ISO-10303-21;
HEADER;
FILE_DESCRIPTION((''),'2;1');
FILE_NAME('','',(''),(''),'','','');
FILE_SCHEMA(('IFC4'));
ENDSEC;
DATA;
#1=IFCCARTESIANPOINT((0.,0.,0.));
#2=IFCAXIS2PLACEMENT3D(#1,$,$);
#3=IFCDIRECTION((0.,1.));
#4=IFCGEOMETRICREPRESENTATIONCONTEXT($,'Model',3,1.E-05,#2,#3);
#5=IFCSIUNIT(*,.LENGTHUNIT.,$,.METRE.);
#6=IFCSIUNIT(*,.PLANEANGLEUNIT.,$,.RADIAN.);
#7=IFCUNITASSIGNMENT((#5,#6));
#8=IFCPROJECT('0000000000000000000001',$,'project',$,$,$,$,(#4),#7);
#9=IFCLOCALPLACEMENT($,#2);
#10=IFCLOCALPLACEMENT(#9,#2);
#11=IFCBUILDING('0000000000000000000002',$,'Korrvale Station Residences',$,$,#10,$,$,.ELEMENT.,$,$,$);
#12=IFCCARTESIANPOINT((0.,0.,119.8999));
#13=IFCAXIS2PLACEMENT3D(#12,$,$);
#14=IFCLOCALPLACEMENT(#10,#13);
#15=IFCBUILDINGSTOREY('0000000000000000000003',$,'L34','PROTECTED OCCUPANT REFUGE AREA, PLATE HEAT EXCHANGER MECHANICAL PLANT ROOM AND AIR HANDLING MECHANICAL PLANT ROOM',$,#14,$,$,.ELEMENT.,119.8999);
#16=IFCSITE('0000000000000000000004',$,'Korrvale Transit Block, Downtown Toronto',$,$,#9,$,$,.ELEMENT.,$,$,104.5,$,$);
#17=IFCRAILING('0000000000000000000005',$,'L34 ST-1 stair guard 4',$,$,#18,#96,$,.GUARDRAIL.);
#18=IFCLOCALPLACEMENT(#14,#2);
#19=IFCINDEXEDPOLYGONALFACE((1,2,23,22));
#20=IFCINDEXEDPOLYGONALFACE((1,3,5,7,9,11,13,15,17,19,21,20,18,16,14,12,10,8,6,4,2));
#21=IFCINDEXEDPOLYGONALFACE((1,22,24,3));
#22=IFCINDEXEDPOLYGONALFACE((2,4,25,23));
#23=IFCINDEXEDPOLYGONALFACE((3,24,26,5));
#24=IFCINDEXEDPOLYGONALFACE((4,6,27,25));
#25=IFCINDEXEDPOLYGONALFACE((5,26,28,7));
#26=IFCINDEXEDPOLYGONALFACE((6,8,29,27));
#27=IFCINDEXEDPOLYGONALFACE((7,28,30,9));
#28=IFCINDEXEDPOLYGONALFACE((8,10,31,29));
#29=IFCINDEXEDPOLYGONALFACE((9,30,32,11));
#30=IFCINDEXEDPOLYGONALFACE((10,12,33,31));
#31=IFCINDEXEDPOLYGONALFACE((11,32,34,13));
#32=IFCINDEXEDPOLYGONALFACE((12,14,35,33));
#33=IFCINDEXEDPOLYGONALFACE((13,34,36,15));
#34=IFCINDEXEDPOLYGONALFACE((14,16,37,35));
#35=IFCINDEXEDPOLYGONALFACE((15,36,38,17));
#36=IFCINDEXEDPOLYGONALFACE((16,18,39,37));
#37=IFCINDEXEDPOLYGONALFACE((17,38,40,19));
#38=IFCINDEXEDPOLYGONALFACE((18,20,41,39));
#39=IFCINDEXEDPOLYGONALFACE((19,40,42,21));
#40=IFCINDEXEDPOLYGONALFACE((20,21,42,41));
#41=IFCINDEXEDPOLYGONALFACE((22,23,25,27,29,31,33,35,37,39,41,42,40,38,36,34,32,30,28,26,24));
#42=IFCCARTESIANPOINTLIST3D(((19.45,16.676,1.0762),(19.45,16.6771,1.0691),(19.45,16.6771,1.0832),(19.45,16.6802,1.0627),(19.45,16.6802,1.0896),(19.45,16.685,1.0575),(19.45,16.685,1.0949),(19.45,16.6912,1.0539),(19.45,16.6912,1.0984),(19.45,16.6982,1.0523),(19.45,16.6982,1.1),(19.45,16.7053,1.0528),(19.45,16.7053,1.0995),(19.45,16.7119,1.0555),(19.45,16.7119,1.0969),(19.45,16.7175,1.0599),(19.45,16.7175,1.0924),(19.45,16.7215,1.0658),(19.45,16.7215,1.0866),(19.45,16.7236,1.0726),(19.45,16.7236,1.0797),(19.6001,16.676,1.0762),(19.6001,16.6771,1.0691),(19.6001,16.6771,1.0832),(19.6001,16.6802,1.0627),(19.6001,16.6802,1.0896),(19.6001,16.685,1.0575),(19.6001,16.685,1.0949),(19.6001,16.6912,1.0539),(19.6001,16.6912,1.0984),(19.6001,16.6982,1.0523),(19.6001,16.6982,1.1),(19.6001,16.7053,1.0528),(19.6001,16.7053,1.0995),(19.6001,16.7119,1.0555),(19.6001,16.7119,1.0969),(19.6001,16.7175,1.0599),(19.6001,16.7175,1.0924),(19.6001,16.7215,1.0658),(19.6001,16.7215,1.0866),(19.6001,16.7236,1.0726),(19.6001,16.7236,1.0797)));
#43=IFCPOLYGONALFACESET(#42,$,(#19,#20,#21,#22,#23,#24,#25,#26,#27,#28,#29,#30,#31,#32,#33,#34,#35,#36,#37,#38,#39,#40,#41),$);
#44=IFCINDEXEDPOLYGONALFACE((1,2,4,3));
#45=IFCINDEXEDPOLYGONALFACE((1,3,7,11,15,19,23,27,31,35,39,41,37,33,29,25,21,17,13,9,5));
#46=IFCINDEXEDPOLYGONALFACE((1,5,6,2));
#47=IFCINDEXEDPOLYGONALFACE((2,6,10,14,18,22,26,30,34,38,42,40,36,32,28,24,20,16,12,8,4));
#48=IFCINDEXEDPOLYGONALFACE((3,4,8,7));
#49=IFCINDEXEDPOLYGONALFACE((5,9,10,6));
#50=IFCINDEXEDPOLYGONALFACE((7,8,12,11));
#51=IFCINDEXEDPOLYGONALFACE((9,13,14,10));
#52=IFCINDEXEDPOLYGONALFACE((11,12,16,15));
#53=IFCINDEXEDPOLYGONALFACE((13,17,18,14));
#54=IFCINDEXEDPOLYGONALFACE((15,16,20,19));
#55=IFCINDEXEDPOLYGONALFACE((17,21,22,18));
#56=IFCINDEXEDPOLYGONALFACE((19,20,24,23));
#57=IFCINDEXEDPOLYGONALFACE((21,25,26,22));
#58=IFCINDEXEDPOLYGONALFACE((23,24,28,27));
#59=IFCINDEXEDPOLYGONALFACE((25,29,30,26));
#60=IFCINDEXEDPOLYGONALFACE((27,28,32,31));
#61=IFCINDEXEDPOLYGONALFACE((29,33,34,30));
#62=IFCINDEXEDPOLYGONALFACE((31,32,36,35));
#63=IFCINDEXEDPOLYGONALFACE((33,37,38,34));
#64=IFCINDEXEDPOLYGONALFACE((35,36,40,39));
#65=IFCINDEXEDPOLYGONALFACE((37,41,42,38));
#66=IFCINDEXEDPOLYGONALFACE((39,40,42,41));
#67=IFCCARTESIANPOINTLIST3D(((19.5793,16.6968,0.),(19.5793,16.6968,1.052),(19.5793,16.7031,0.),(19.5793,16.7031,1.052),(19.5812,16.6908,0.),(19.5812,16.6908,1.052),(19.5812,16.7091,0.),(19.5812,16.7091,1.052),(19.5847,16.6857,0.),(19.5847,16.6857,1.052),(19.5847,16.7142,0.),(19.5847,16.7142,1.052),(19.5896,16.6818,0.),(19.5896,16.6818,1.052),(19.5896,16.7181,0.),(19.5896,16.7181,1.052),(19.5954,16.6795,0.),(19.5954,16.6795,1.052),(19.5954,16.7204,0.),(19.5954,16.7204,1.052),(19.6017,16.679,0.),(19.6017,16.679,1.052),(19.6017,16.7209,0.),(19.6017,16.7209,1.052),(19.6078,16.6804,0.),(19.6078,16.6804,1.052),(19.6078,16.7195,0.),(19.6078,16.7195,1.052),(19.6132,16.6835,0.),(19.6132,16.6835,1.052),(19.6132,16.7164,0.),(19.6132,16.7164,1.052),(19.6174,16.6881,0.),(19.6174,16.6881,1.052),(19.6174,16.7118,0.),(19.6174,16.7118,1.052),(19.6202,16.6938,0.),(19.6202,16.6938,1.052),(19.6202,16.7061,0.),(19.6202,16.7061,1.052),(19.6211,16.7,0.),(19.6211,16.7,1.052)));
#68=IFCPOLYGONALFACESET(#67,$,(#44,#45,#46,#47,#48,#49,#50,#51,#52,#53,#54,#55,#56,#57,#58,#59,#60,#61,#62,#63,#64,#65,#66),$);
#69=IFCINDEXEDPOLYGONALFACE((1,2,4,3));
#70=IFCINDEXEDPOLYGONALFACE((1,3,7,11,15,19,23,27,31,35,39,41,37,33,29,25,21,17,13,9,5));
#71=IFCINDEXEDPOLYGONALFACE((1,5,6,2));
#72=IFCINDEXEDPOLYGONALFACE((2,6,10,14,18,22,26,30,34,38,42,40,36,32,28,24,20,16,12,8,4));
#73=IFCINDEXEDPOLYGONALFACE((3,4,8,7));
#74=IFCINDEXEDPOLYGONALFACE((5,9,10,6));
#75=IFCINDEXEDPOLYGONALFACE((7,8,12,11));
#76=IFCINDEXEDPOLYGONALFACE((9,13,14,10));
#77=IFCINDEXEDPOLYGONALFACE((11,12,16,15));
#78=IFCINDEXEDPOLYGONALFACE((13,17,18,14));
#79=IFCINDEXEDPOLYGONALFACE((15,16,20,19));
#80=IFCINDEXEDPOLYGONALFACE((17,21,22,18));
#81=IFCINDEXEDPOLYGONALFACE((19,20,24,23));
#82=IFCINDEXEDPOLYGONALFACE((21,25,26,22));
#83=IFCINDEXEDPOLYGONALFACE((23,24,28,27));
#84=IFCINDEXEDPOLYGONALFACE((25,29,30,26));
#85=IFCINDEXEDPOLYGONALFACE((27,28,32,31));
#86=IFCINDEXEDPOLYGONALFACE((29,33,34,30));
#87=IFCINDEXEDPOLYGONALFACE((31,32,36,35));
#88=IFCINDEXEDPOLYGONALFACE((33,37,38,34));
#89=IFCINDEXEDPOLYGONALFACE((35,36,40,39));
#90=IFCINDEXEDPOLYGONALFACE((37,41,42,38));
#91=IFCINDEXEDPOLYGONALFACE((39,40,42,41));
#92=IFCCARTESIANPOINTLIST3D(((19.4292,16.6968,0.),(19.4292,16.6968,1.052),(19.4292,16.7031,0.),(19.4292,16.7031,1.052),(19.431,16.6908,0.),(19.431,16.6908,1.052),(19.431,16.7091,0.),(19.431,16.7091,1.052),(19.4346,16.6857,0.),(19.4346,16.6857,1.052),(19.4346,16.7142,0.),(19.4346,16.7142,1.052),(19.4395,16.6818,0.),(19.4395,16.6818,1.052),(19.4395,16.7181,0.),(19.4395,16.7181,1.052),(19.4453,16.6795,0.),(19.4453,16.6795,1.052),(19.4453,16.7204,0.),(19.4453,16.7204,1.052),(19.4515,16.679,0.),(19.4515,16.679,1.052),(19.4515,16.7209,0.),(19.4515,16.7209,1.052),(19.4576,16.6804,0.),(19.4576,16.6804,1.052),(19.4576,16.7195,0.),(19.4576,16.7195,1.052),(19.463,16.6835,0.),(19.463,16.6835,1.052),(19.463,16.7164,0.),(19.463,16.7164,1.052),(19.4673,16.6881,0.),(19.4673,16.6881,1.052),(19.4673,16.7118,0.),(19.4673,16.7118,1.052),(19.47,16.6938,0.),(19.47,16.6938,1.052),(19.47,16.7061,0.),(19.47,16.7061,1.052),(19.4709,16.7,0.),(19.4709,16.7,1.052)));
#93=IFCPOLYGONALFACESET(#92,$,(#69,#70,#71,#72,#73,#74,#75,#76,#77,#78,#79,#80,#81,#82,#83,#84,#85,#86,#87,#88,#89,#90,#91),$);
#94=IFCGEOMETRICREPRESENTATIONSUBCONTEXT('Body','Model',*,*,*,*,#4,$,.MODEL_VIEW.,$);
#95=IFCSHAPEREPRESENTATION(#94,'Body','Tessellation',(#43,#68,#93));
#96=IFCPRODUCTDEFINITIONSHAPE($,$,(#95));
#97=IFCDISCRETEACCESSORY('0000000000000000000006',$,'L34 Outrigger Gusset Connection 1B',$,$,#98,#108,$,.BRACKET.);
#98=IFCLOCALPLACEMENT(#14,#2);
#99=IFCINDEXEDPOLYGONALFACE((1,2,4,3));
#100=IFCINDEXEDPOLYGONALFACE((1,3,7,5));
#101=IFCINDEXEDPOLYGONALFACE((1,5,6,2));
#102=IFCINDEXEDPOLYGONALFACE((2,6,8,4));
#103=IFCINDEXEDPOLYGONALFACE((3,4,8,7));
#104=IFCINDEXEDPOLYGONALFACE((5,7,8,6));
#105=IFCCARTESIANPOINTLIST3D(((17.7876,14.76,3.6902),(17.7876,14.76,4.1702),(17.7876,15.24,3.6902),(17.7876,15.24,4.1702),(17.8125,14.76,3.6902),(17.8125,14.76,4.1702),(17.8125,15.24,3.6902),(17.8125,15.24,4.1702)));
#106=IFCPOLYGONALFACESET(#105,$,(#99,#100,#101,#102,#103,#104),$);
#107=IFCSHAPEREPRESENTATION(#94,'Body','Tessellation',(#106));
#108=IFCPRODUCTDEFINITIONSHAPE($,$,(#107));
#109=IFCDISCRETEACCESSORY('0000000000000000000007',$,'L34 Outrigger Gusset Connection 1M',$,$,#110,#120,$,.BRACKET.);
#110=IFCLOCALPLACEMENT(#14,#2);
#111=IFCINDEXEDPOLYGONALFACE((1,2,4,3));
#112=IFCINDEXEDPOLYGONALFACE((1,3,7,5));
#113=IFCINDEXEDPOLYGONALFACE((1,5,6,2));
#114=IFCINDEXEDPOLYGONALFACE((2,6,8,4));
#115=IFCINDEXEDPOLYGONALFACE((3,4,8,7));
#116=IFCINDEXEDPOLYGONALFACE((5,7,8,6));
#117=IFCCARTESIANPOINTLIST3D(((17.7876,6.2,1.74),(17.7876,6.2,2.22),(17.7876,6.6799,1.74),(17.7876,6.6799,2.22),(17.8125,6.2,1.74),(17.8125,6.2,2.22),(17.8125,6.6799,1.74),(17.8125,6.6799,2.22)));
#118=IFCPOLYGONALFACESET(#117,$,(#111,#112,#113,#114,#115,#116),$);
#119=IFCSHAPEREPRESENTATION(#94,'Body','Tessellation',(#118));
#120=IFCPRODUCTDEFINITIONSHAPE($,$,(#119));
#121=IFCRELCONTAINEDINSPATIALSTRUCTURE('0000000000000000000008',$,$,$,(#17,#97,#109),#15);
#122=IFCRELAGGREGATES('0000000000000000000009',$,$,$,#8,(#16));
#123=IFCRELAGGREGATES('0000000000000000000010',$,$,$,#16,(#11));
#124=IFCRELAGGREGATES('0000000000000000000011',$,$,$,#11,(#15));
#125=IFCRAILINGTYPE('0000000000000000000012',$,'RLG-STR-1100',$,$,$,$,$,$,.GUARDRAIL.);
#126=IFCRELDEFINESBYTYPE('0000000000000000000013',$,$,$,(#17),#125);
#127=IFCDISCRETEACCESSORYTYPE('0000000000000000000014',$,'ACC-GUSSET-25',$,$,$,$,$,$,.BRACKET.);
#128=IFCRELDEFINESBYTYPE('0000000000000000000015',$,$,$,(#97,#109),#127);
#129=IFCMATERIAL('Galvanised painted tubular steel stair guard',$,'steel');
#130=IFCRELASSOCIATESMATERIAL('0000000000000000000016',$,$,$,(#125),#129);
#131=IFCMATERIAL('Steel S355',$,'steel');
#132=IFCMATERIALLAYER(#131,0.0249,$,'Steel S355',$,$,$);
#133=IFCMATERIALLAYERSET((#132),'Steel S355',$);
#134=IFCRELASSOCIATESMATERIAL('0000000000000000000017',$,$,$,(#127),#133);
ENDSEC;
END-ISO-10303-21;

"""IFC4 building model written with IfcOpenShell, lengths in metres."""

from ifc_helpers import new_model, si_unit, direction, frame, origin, origin_2d, place, context, subcontext, project, spatial, rectangle, circle, extrude, material, layer, layer_set, type_object, element, save


model = new_model("IFC4")

# Units and contexts
model_context = context("Model", 3, precision=1e-05, world=origin(), true_north=direction((0.0, 1.0)))
body_context = subcontext(model_context, "Body", "Model", "MODEL_VIEW")
ifc_project = project(units=[si_unit("LENGTHUNIT", "METRE"), si_unit("PLANEANGLEUNIT", "RADIAN")], contexts=[model_context])

# Site, building, storey
site_placement = place(None, origin())
site = spatial("IfcSite", under=ifc_project, at=site_placement, Name="Korrvale Transit Block, Downtown Toronto", CompositionType="ELEMENT", RefElevation=104.5)
building_placement = place(site_placement, origin())
building = spatial("IfcBuilding", under=site, at=building_placement, Name="Korrvale Station Residences", CompositionType="ELEMENT")
storey_placement = place(building_placement, frame((0.0, 0.0, 119.8999)))
storey = spatial("IfcBuildingStorey", under=building, at=storey_placement, Name="L34", Description="PROTECTED OCCUPANT REFUGE AREA, PLATE HEAT EXCHANGER MECHANICAL PLANT ROOM AND AIR HANDLING MECHANICAL PLANT ROOM", CompositionType="ELEMENT", Elevation=119.8999)

# Railing
ifc_material_1 = material(Name="Galvanised painted tubular steel stair guard", Category="steel")
railing_type_1 = type_object("IfcRailingType", Name="RLG-STR-1100", PredefinedType="GUARDRAIL", material=ifc_material_1)
railing_1_placement = place(storey_placement, frame((19.6001, 16.7, 0.0)))
element("IfcRailing", 1, at=railing_1_placement, inside=storey, type_object=railing_type_1, Name="L34 ST-1 stair guard 4", PredefinedType="GUARDRAIL", context=body_context, shape_type="SweptSolid", body=[
    extrude(circle(Radius=0.0239, at=origin_2d()), frame((0.0, 0.0, 1.0762), z_axis=(-1.0, 0.0, 0.0), x_axis=(0.0, -1.0, 0.0)), (0.0, 0.0, 1.0), 0.1501),
    extrude(circle(Radius=0.021, at=origin_2d()), origin(), (0.0, 0.0, 1.0), 1.052),
    extrude(circle(Radius=0.021, at=origin_2d()), frame((-0.1501, 0.0, 0.0)), (0.0, 0.0, 1.0), 1.052),
])

# Discrete accessories
ifc_material_2 = material(Name="Steel S355", Category="steel")
ifc_layer_1 = layer(ifc_material_2, 0.0249, Name="Steel S355")
ifc_layer_set_1 = layer_set([ifc_layer_1], Name="Steel S355")
discrete_accessory_type = type_object("IfcDiscreteAccessoryType", Name="ACC-GUSSET-25", PredefinedType="BRACKET", material=ifc_layer_set_1)
for number, where, z_axis, x_axis, name in (
    (2, (17.8, 15.0, 3.6902), (0.0, 0.0, 1.0), (0.0, 1.0, 0.0), "L34 Outrigger Gusset Connection 1B"),
    (3, (17.8, 6.4399, 1.74), (0.0, 0.0, 1.0), (0.0, 1.0, 0.0), "L34 Outrigger Gusset Connection 1M"),
):
    element("IfcDiscreteAccessory", number, at=place(storey_placement, frame(where, z_axis=z_axis, x_axis=x_axis)), inside=storey, type_object=discrete_accessory_type, Name=name, PredefinedType="BRACKET", context=body_context, shape_type="SweptSolid", body=[
        extrude(rectangle(XDim=0.48, YDim=0.0249, at=origin_2d()), origin(), (0.0, 0.0, 1.0), 0.48),
    ])

save(model, "model.ifc")
